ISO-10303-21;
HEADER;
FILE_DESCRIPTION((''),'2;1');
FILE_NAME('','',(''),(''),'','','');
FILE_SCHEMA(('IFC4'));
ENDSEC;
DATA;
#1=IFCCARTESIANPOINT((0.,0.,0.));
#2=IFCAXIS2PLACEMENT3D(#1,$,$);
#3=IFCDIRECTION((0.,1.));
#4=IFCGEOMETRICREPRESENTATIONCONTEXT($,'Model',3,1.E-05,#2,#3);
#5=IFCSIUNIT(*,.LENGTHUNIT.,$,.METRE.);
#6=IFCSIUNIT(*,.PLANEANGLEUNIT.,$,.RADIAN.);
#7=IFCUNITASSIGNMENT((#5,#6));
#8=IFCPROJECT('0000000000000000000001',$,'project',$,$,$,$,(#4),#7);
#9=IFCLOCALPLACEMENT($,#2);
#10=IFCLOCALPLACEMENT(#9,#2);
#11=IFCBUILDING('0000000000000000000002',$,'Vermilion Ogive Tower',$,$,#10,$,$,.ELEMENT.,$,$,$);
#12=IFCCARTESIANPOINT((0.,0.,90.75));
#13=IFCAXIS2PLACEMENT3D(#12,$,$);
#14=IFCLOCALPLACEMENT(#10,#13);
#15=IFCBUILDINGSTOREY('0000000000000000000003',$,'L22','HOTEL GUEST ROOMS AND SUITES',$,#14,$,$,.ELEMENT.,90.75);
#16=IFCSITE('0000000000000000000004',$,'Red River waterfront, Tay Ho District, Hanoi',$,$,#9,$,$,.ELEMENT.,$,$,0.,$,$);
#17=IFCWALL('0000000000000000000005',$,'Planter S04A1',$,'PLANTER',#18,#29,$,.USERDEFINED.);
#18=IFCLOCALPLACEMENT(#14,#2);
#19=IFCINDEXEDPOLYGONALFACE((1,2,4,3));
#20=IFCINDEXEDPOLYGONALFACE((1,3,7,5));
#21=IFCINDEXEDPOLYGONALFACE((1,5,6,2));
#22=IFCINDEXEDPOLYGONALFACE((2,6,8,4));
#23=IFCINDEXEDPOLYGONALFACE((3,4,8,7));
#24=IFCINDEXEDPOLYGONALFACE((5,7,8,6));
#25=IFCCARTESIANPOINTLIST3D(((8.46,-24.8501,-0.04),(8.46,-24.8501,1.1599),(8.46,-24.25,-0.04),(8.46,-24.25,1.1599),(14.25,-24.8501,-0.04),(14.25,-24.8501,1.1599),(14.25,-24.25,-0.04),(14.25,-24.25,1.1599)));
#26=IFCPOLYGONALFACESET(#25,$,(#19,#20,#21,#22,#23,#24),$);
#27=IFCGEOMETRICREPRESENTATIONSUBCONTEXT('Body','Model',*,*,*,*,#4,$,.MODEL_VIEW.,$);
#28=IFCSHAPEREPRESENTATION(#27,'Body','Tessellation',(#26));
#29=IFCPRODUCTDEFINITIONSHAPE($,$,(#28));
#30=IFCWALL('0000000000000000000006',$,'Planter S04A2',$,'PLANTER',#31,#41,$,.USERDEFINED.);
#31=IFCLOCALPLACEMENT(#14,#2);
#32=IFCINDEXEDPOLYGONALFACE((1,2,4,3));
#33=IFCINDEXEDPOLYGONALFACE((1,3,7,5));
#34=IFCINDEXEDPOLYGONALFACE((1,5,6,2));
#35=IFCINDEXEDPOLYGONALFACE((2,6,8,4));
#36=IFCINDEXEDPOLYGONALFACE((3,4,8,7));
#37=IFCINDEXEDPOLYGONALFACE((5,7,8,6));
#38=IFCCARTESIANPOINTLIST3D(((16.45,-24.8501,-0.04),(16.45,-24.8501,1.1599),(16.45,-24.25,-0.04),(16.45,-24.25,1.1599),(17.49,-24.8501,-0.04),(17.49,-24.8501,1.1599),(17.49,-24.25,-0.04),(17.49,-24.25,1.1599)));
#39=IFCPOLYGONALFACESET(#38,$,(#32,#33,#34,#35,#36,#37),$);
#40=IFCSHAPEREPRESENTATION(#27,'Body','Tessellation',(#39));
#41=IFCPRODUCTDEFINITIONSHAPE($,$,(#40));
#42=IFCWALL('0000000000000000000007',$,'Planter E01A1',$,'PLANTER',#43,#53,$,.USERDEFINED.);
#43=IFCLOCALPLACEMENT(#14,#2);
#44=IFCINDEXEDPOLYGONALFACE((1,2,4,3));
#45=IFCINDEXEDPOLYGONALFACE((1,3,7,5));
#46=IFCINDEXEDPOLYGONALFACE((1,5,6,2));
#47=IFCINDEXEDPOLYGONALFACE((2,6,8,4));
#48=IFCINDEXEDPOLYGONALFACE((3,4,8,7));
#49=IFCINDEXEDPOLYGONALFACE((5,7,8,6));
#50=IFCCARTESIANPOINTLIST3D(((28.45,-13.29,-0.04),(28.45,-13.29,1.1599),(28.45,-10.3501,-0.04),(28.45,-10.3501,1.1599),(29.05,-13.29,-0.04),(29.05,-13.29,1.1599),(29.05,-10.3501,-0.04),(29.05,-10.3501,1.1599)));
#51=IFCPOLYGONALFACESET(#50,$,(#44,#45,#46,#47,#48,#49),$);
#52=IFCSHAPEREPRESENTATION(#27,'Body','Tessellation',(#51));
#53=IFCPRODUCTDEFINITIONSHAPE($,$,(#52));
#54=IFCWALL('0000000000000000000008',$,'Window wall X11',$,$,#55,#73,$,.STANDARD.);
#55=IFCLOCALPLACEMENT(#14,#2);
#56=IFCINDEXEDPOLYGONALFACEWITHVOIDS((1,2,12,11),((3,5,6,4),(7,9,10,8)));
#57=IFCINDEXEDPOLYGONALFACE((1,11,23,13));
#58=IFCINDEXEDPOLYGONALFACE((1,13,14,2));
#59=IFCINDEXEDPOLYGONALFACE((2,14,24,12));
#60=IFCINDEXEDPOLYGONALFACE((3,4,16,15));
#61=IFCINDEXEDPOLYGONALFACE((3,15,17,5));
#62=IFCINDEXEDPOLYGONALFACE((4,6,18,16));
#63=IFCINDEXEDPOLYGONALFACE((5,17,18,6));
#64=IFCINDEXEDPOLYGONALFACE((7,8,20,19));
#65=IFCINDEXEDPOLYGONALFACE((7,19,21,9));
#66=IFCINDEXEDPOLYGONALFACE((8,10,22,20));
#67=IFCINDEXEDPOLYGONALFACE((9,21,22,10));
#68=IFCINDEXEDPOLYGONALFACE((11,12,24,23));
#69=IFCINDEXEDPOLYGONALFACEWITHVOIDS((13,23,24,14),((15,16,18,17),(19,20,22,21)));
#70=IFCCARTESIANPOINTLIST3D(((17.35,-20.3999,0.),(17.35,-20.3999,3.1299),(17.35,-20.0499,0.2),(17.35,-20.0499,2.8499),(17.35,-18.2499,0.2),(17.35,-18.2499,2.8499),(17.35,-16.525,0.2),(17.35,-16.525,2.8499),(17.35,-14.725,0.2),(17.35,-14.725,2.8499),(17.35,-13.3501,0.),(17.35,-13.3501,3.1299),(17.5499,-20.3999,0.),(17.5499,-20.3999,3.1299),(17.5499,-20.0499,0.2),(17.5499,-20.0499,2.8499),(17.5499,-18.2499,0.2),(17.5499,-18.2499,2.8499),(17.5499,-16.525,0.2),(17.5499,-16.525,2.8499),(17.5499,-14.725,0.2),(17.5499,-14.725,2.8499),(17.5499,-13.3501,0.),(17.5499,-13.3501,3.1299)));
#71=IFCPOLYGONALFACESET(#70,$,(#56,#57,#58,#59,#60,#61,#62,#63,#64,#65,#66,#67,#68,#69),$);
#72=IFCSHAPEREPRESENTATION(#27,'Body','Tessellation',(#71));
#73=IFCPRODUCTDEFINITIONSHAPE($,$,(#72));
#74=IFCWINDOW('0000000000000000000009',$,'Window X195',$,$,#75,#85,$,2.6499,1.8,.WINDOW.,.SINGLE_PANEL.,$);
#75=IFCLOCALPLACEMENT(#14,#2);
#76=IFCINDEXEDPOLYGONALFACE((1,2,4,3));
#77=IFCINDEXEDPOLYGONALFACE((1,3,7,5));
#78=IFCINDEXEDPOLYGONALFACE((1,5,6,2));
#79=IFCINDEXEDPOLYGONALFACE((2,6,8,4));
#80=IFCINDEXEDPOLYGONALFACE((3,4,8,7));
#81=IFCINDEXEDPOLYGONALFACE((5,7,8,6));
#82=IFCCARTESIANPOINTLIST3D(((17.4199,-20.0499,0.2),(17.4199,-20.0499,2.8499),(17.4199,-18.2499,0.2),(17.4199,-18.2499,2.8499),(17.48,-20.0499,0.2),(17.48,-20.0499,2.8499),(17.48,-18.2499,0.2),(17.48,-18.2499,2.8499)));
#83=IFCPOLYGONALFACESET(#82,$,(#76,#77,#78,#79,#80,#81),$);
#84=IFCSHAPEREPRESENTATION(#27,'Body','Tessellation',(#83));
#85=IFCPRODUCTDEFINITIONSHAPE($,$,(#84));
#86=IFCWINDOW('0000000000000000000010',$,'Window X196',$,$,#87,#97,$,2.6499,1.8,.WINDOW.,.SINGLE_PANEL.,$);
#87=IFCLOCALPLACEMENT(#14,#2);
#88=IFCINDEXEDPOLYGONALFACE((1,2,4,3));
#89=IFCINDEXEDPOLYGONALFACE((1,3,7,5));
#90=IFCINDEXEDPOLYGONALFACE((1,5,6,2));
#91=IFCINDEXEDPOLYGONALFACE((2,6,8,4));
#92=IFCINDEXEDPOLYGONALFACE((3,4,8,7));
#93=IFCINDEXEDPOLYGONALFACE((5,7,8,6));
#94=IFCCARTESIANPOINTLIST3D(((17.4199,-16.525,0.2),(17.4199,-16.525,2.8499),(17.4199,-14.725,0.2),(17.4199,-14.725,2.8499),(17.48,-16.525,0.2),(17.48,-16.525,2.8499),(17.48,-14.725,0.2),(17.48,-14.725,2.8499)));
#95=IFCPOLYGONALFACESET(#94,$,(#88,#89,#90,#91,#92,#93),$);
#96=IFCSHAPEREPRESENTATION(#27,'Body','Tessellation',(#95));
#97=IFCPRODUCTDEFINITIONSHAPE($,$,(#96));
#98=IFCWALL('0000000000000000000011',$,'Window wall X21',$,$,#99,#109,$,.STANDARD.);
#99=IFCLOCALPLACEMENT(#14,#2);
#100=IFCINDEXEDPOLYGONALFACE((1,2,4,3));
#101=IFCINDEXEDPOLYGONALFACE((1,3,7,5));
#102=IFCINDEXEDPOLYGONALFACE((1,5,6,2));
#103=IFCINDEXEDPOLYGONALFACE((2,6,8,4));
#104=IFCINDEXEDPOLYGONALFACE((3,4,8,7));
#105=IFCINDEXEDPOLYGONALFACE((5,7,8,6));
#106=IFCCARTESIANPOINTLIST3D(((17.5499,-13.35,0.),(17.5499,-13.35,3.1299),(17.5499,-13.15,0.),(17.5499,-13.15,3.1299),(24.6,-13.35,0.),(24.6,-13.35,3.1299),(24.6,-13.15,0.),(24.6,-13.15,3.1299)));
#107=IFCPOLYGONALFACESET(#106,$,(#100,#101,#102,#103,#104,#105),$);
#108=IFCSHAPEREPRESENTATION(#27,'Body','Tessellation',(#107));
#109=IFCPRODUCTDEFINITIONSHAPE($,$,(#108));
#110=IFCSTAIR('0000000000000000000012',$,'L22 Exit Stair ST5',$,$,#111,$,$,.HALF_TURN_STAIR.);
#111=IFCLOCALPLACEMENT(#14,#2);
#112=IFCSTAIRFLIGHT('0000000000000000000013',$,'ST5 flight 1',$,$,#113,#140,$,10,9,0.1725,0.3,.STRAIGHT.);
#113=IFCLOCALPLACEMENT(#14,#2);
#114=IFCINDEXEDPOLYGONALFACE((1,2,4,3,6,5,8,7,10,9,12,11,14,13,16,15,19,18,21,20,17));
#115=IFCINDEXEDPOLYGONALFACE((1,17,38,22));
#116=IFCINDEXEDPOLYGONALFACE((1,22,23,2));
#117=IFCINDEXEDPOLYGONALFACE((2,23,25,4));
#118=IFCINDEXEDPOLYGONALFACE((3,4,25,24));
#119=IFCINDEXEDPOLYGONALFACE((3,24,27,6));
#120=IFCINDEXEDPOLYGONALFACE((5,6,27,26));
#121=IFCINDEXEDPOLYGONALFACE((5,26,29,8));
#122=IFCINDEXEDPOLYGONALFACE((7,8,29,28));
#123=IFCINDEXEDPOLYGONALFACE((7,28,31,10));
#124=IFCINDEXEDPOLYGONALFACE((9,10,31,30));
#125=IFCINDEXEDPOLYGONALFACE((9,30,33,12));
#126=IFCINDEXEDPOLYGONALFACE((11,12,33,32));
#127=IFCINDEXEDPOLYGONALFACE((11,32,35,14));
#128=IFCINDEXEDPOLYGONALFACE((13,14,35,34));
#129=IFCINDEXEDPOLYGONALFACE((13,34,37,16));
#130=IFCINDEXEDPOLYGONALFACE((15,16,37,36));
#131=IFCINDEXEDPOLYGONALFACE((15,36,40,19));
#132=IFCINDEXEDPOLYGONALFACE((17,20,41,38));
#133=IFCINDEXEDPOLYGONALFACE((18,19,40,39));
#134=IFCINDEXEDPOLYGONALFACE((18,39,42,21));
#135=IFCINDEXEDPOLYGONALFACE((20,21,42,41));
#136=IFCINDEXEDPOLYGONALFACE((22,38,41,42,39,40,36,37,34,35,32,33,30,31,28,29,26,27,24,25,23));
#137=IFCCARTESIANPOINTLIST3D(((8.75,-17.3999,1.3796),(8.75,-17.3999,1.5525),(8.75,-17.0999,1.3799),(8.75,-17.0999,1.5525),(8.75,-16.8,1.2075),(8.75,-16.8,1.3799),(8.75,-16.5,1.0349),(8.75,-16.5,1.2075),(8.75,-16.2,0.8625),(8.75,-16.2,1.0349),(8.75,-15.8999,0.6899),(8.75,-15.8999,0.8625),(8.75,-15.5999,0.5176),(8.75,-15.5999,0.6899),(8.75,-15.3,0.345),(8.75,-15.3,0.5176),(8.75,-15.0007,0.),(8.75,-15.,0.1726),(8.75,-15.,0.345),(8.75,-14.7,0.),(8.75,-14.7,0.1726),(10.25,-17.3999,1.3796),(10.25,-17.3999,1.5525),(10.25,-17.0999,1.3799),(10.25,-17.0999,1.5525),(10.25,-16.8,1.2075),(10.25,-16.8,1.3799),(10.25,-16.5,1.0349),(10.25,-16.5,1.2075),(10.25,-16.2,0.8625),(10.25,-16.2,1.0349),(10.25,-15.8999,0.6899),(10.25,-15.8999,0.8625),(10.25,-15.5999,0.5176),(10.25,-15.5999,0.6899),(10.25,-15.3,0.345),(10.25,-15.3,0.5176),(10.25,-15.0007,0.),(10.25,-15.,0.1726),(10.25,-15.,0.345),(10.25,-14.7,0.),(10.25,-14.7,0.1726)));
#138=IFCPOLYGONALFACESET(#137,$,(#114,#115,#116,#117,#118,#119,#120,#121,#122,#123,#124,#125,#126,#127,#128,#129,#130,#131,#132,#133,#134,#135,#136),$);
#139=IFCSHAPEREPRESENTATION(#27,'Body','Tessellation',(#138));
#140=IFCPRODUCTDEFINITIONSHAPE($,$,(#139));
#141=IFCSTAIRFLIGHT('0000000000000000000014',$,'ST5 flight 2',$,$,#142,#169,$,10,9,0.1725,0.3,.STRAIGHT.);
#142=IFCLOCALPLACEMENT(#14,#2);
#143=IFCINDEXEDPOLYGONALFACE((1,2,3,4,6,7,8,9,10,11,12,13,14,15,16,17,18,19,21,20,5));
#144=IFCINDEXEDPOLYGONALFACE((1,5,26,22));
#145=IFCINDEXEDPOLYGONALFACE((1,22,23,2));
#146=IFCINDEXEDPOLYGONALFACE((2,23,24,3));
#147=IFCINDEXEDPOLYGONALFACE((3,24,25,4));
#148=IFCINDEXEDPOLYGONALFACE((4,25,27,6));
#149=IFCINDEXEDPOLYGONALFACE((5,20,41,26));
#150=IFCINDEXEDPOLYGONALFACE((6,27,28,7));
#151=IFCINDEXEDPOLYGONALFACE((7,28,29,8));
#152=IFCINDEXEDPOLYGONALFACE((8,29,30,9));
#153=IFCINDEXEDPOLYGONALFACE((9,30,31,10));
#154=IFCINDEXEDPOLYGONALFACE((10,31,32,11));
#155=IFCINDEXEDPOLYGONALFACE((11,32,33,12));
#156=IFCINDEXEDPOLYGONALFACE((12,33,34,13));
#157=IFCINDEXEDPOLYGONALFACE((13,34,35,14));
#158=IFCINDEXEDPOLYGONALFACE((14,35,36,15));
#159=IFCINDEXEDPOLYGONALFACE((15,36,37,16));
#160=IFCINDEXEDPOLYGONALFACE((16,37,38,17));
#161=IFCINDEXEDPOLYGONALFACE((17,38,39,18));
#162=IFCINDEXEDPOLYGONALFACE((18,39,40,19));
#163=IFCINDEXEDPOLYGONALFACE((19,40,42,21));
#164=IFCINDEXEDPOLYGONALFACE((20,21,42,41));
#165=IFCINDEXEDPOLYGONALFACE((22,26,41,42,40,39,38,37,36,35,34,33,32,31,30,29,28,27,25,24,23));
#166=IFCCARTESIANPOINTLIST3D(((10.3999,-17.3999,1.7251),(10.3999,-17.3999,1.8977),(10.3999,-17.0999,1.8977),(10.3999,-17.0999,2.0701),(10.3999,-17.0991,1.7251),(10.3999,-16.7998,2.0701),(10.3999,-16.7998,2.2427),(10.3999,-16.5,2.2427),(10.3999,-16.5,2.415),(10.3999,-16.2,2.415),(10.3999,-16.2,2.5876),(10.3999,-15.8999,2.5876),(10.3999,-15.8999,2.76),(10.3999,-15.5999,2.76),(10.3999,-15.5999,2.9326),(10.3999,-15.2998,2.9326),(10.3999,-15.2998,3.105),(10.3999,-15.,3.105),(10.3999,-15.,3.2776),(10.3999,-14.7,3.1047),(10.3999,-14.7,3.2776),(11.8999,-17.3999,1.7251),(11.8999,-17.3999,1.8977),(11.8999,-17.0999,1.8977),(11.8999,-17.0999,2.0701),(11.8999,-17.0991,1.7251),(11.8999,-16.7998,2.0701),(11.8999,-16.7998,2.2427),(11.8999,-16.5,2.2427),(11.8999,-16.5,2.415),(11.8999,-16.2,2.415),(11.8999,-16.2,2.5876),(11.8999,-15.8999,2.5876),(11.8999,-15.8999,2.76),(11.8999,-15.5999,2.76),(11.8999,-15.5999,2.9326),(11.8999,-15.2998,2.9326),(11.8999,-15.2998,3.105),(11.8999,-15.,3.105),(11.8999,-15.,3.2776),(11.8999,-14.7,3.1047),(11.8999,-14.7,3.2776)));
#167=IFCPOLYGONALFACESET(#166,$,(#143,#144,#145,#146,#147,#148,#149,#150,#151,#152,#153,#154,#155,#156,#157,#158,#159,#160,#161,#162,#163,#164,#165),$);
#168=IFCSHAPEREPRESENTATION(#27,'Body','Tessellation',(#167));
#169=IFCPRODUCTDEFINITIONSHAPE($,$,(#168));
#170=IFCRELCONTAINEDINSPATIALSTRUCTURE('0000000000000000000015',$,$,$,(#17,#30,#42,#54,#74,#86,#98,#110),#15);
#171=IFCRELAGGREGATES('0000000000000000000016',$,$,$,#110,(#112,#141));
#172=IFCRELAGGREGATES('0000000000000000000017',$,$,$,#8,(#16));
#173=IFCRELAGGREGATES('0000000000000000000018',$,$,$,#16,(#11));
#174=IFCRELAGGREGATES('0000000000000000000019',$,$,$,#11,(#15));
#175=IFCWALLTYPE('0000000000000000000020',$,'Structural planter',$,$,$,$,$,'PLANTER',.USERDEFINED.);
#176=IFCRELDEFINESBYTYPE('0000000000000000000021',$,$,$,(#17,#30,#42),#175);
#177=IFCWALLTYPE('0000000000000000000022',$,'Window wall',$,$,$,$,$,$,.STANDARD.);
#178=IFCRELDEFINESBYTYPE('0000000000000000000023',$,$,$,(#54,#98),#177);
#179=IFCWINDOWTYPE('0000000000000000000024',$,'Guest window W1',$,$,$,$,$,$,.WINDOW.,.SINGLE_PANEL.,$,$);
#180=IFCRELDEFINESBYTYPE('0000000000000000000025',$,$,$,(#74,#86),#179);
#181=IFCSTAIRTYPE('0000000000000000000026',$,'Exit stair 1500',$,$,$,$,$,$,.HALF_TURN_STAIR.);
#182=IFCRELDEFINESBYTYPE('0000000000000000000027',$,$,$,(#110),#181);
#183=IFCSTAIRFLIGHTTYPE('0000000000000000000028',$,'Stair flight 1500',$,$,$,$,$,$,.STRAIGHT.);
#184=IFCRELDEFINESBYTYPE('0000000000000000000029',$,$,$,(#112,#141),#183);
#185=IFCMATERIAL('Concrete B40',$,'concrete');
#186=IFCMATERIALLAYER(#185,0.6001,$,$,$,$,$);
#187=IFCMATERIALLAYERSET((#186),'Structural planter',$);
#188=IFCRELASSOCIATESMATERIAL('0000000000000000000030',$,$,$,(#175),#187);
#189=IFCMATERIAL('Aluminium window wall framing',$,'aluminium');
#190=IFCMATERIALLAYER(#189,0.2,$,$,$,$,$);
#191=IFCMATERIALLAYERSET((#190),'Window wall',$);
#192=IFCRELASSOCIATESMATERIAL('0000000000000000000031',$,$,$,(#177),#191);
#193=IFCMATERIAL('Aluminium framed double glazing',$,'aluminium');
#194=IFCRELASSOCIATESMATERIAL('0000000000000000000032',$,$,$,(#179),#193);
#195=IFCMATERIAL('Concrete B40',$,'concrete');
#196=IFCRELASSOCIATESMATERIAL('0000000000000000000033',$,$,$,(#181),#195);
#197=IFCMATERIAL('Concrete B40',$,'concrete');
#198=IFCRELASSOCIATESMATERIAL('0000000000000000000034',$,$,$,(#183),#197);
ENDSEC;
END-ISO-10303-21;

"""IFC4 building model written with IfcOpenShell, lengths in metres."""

from ifc_helpers import new_model, si_unit, direction, frame, frame_2d, origin, place, context, subcontext, project, spatial, polyline, rectangle, outline, extrude, material, layer, layer_set, type_object, element, fill, aggregate, save


model = new_model("IFC4")

# Units and contexts
model_context = context("Model", 3, precision=1e-05, world=origin(), true_north=direction((0.0, 1.0)))
body_context = subcontext(model_context, "Body", "Model", "MODEL_VIEW")
ifc_project = project(units=[si_unit("LENGTHUNIT", "METRE"), si_unit("PLANEANGLEUNIT", "RADIAN")], contexts=[model_context])

# Site, building, storey
site_placement = place(None, origin())
site = spatial("IfcSite", under=ifc_project, at=site_placement, Name="Red River waterfront, Tay Ho District, Hanoi", CompositionType="ELEMENT", RefElevation=0.0)
building_placement = place(site_placement, origin())
building = spatial("IfcBuilding", under=site, at=building_placement, Name="Vermilion Ogive Tower", CompositionType="ELEMENT")
storey_placement = place(building_placement, frame((0.0, 0.0, 90.75)))
storey = spatial("IfcBuildingStorey", under=building, at=storey_placement, Name="L22", Description="HOTEL GUEST ROOMS AND SUITES", CompositionType="ELEMENT", Elevation=90.75)

# Walls
ifc_material_1 = material(Name="Concrete B40", Category="concrete")
ifc_layer_1 = layer(ifc_material_1, 0.6001)
ifc_layer_set_1 = layer_set([ifc_layer_1], Name="Structural planter")
wall_type_1 = type_object("IfcWallType", Name="Structural planter", ElementType="PLANTER", PredefinedType="USERDEFINED", material=ifc_layer_set_1)
wall_1_placement = place(storey_placement, frame((8.46, -24.55, -0.04), z_axis=(0.0, 0.0, 1.0), x_axis=(1.0, 0.0, 0.0)))
element("IfcWall", 1, at=wall_1_placement, inside=storey, type_object=wall_type_1, Name="Planter S04A1", ObjectType="PLANTER", PredefinedType="USERDEFINED", context=body_context, shape_type="SweptSolid", body=[
    extrude(rectangle(XDim=5.79, YDim=0.6001, at=frame_2d((2.895, 0.0))), origin(), (0.0, 0.0, 1.0), 1.2),
])
wall_2_placement = place(storey_placement, frame((16.45, -24.55, -0.04), z_axis=(0.0, 0.0, 1.0), x_axis=(1.0, 0.0, 0.0)))
element("IfcWall", 2, at=wall_2_placement, inside=storey, type_object=wall_type_1, Name="Planter S04A2", ObjectType="PLANTER", PredefinedType="USERDEFINED", context=body_context, shape_type="SweptSolid", body=[
    extrude(rectangle(XDim=1.04, YDim=0.6001, at=frame_2d((0.52, 0.0))), origin(), (0.0, 0.0, 1.0), 1.2),
])
wall_3_placement = place(storey_placement, frame((28.75, -13.29, -0.04), z_axis=(0.0, 0.0, 1.0), x_axis=(0.0, 1.0, 0.0)))
element("IfcWall", 3, at=wall_3_placement, inside=storey, type_object=wall_type_1, Name="Planter E01A1", ObjectType="PLANTER", PredefinedType="USERDEFINED", context=body_context, shape_type="SweptSolid", body=[
    extrude(rectangle(XDim=2.9399, YDim=0.6001, at=frame_2d((1.47, 0.0))), origin(), (0.0, 0.0, 1.0), 1.2),
])

# Shared definitions
ifc_material_2 = material(Name="Aluminium window wall framing", Category="aluminium")
ifc_layer_2 = layer(ifc_material_2, 0.2)
ifc_layer_set_2 = layer_set([ifc_layer_2], Name="Window wall")
wall_type_2 = type_object("IfcWallType", Name="Window wall", PredefinedType="STANDARD", material=ifc_layer_set_2)
ifc_material_3 = material(Name="Aluminium framed double glazing", Category="aluminium")
window_type = type_object("IfcWindowType", Name="Guest window W1", PartitioningType="SINGLE_PANEL", PredefinedType="WINDOW", material=ifc_material_3)

# Wall, openings, windows
wall_4_placement = place(storey_placement, frame((17.45, -20.3999, 0.0), z_axis=(0.0, 0.0, 1.0), x_axis=(0.0, 1.0, 0.0)))
wall_4 = element("IfcWall", 4, at=wall_4_placement, inside=storey, type_object=wall_type_2, Name="Window wall X11", PredefinedType="STANDARD", context=body_context, shape_type="SweptSolid", body=[
    extrude(rectangle(XDim=7.0498, YDim=0.2, at=frame_2d((3.5249, 0.0))), origin(), (0.0, 0.0, 1.0), 3.1299),
])
opening_1_placement = place(wall_4_placement, frame((0.3501, 0.0, 0.2)))
opening_1 = element("IfcOpeningElement", 5, at=opening_1_placement, cuts=wall_4, PredefinedType="OPENING", context=body_context, shape_type="SweptSolid", body=[
    extrude(rectangle(XDim=1.8, YDim=2.6499, at=frame_2d((0.8999, 1.325))), frame((0.0, 0.1099, 0.0), z_axis=(0.0, -1.0, 0.0), x_axis=(1.0, 0.0, 0.0)), (0.0, 0.0, 1.0), 0.22),
])
opening_2_placement = place(wall_4_placement, frame((3.875, 0.0, 0.2)))
opening_2 = element("IfcOpeningElement", 6, at=opening_2_placement, cuts=wall_4, PredefinedType="OPENING", context=body_context, shape_type="SweptSolid", body=[
    extrude(rectangle(XDim=1.8, YDim=2.6499, at=frame_2d((0.8999, 1.325))), frame((0.0, 0.1099, 0.0), z_axis=(0.0, -1.0, 0.0), x_axis=(1.0, 0.0, 0.0)), (0.0, 0.0, 1.0), 0.22),
])
window_1_placement = place(opening_1_placement, origin())
window_1 = element("IfcWindow", 7, at=window_1_placement, inside=storey, type_object=window_type, Name="Window X195", OverallHeight=2.6499, OverallWidth=1.8, PartitioningType="SINGLE_PANEL", PredefinedType="WINDOW", context=body_context, shape_type="SweptSolid", body=[
    extrude(rectangle(XDim=1.8, YDim=2.6499, at=frame_2d((0.8999, 1.325))), frame((0.0, 0.03, 0.0), z_axis=(0.0, -1.0, 0.0), x_axis=(1.0, 0.0, 0.0)), (0.0, 0.0, 1.0), 0.0601),
])
fill(opening_1, window_1)
window_2_placement = place(opening_2_placement, origin())
window_2 = element("IfcWindow", 8, at=window_2_placement, inside=storey, type_object=window_type, Name="Window X196", OverallHeight=2.6499, OverallWidth=1.8, PartitioningType="SINGLE_PANEL", PredefinedType="WINDOW", context=body_context, shape_type="SweptSolid", body=[
    extrude(rectangle(XDim=1.8, YDim=2.6499, at=frame_2d((0.8999, 1.325))), frame((0.0, 0.03, 0.0), z_axis=(0.0, -1.0, 0.0), x_axis=(1.0, 0.0, 0.0)), (0.0, 0.0, 1.0), 0.0601),
])
fill(opening_2, window_2)

# Wall
wall_5_placement = place(storey_placement, frame((17.55, -13.25, 0.0), z_axis=(0.0, 0.0, 1.0), x_axis=(1.0, 0.0, 0.0)))
element("IfcWall", 9, at=wall_5_placement, inside=storey, type_object=wall_type_2, Name="Window wall X21", PredefinedType="STANDARD", context=body_context, shape_type="SweptSolid", body=[
    extrude(rectangle(XDim=7.05, YDim=0.2, at=frame_2d((3.5249, 0.0))), origin(), (0.0, 0.0, 1.0), 3.1299),
])

# Stair, stair flights
ifc_material_4 = material(Name="Concrete B40", Category="concrete")
stair_type = type_object("IfcStairType", Name="Exit stair 1500", PredefinedType="HALF_TURN_STAIR", material=ifc_material_4)
stair_placement = place(storey_placement, origin())
stair = element("IfcStair", 10, at=stair_placement, inside=storey, type_object=stair_type, Name="L22 Exit Stair ST5", PredefinedType="HALF_TURN_STAIR")
ifc_material_5 = material(Name="Concrete B40", Category="concrete")
stair_flight_type = type_object("IfcStairFlightType", Name="Stair flight 1500", PredefinedType="STRAIGHT", material=ifc_material_5)
stair_flight_1_placement = place(storey_placement, frame((9.5, -14.7, 0.0), z_axis=(0.0, 0.0, 1.0), x_axis=(0.0, -1.0, 0.0)))
stair_flight_1 = element("IfcStairFlight", 11, at=stair_flight_1_placement, type_object=stair_flight_type, Name="ST5 flight 1", NumberOfRisers=10, NumberOfTreads=9, PredefinedType="STRAIGHT", RiserHeight=0.1725, TreadLength=0.3, context=body_context, shape_type="SweptSolid", body=[
    extrude(outline(polyline([(0.0, 0.0), (0.0, 0.1726), (0.3, 0.1726), (0.3, 0.345), (0.6001, 0.345), (0.6001, 0.5176), (0.8999, 0.5176), (0.8999, 0.6899), (1.2, 0.6899), (1.2, 0.8625), (1.5, 0.8625), (1.5, 1.0349), (1.8, 1.0349), (1.8, 1.2075), (2.1001, 1.2075), (2.1001, 1.3799), (2.3999, 1.3799), (2.3999, 1.5525), (2.7, 1.5525), (2.7, 1.7251), (2.7, 1.3796), (0.3008, 0.0), (0.0, 0.0)])), frame((0.0, 0.75, 0.0), z_axis=(0.0, -1.0, 0.0), x_axis=(1.0, 0.0, 0.0)), (0.0, 0.0, 1.0), 1.5),
])
stair_flight_2_placement = place(storey_placement, frame((11.1499, -17.3999, 1.7251), z_axis=(0.0, 0.0, 1.0), x_axis=(0.0, 1.0, 0.0)))
stair_flight_2 = element("IfcStairFlight", 12, at=stair_flight_2_placement, type_object=stair_flight_type, Name="ST5 flight 2", NumberOfRisers=10, NumberOfTreads=9, PredefinedType="STRAIGHT", RiserHeight=0.1725, TreadLength=0.3, context=body_context, shape_type="SweptSolid", body=[
    extrude(outline(polyline([(0.0, 0.0), (0.0, 0.1726), (0.3, 0.1726), (0.3, 0.345), (0.6001, 0.345), (0.6001, 0.5176), (0.8999, 0.5176), (0.8999, 0.6899), (1.2, 0.6899), (1.2, 0.8625), (1.5, 0.8625), (1.5, 1.0349), (1.8, 1.0349), (1.8, 1.2075), (2.1001, 1.2075), (2.1001, 1.3799), (2.3999, 1.3799), (2.3999, 1.5525), (2.7, 1.5525), (2.7, 1.7251), (2.7, 1.3796), (0.3008, 0.0), (0.0, 0.0)])), frame((0.0, 0.75, 0.0), z_axis=(0.0, -1.0, 0.0), x_axis=(1.0, 0.0, 0.0)), (0.0, 0.0, 1.0), 1.5),
])
aggregate(stair, [stair_flight_1, stair_flight_2])

save(model, "model.ifc")
